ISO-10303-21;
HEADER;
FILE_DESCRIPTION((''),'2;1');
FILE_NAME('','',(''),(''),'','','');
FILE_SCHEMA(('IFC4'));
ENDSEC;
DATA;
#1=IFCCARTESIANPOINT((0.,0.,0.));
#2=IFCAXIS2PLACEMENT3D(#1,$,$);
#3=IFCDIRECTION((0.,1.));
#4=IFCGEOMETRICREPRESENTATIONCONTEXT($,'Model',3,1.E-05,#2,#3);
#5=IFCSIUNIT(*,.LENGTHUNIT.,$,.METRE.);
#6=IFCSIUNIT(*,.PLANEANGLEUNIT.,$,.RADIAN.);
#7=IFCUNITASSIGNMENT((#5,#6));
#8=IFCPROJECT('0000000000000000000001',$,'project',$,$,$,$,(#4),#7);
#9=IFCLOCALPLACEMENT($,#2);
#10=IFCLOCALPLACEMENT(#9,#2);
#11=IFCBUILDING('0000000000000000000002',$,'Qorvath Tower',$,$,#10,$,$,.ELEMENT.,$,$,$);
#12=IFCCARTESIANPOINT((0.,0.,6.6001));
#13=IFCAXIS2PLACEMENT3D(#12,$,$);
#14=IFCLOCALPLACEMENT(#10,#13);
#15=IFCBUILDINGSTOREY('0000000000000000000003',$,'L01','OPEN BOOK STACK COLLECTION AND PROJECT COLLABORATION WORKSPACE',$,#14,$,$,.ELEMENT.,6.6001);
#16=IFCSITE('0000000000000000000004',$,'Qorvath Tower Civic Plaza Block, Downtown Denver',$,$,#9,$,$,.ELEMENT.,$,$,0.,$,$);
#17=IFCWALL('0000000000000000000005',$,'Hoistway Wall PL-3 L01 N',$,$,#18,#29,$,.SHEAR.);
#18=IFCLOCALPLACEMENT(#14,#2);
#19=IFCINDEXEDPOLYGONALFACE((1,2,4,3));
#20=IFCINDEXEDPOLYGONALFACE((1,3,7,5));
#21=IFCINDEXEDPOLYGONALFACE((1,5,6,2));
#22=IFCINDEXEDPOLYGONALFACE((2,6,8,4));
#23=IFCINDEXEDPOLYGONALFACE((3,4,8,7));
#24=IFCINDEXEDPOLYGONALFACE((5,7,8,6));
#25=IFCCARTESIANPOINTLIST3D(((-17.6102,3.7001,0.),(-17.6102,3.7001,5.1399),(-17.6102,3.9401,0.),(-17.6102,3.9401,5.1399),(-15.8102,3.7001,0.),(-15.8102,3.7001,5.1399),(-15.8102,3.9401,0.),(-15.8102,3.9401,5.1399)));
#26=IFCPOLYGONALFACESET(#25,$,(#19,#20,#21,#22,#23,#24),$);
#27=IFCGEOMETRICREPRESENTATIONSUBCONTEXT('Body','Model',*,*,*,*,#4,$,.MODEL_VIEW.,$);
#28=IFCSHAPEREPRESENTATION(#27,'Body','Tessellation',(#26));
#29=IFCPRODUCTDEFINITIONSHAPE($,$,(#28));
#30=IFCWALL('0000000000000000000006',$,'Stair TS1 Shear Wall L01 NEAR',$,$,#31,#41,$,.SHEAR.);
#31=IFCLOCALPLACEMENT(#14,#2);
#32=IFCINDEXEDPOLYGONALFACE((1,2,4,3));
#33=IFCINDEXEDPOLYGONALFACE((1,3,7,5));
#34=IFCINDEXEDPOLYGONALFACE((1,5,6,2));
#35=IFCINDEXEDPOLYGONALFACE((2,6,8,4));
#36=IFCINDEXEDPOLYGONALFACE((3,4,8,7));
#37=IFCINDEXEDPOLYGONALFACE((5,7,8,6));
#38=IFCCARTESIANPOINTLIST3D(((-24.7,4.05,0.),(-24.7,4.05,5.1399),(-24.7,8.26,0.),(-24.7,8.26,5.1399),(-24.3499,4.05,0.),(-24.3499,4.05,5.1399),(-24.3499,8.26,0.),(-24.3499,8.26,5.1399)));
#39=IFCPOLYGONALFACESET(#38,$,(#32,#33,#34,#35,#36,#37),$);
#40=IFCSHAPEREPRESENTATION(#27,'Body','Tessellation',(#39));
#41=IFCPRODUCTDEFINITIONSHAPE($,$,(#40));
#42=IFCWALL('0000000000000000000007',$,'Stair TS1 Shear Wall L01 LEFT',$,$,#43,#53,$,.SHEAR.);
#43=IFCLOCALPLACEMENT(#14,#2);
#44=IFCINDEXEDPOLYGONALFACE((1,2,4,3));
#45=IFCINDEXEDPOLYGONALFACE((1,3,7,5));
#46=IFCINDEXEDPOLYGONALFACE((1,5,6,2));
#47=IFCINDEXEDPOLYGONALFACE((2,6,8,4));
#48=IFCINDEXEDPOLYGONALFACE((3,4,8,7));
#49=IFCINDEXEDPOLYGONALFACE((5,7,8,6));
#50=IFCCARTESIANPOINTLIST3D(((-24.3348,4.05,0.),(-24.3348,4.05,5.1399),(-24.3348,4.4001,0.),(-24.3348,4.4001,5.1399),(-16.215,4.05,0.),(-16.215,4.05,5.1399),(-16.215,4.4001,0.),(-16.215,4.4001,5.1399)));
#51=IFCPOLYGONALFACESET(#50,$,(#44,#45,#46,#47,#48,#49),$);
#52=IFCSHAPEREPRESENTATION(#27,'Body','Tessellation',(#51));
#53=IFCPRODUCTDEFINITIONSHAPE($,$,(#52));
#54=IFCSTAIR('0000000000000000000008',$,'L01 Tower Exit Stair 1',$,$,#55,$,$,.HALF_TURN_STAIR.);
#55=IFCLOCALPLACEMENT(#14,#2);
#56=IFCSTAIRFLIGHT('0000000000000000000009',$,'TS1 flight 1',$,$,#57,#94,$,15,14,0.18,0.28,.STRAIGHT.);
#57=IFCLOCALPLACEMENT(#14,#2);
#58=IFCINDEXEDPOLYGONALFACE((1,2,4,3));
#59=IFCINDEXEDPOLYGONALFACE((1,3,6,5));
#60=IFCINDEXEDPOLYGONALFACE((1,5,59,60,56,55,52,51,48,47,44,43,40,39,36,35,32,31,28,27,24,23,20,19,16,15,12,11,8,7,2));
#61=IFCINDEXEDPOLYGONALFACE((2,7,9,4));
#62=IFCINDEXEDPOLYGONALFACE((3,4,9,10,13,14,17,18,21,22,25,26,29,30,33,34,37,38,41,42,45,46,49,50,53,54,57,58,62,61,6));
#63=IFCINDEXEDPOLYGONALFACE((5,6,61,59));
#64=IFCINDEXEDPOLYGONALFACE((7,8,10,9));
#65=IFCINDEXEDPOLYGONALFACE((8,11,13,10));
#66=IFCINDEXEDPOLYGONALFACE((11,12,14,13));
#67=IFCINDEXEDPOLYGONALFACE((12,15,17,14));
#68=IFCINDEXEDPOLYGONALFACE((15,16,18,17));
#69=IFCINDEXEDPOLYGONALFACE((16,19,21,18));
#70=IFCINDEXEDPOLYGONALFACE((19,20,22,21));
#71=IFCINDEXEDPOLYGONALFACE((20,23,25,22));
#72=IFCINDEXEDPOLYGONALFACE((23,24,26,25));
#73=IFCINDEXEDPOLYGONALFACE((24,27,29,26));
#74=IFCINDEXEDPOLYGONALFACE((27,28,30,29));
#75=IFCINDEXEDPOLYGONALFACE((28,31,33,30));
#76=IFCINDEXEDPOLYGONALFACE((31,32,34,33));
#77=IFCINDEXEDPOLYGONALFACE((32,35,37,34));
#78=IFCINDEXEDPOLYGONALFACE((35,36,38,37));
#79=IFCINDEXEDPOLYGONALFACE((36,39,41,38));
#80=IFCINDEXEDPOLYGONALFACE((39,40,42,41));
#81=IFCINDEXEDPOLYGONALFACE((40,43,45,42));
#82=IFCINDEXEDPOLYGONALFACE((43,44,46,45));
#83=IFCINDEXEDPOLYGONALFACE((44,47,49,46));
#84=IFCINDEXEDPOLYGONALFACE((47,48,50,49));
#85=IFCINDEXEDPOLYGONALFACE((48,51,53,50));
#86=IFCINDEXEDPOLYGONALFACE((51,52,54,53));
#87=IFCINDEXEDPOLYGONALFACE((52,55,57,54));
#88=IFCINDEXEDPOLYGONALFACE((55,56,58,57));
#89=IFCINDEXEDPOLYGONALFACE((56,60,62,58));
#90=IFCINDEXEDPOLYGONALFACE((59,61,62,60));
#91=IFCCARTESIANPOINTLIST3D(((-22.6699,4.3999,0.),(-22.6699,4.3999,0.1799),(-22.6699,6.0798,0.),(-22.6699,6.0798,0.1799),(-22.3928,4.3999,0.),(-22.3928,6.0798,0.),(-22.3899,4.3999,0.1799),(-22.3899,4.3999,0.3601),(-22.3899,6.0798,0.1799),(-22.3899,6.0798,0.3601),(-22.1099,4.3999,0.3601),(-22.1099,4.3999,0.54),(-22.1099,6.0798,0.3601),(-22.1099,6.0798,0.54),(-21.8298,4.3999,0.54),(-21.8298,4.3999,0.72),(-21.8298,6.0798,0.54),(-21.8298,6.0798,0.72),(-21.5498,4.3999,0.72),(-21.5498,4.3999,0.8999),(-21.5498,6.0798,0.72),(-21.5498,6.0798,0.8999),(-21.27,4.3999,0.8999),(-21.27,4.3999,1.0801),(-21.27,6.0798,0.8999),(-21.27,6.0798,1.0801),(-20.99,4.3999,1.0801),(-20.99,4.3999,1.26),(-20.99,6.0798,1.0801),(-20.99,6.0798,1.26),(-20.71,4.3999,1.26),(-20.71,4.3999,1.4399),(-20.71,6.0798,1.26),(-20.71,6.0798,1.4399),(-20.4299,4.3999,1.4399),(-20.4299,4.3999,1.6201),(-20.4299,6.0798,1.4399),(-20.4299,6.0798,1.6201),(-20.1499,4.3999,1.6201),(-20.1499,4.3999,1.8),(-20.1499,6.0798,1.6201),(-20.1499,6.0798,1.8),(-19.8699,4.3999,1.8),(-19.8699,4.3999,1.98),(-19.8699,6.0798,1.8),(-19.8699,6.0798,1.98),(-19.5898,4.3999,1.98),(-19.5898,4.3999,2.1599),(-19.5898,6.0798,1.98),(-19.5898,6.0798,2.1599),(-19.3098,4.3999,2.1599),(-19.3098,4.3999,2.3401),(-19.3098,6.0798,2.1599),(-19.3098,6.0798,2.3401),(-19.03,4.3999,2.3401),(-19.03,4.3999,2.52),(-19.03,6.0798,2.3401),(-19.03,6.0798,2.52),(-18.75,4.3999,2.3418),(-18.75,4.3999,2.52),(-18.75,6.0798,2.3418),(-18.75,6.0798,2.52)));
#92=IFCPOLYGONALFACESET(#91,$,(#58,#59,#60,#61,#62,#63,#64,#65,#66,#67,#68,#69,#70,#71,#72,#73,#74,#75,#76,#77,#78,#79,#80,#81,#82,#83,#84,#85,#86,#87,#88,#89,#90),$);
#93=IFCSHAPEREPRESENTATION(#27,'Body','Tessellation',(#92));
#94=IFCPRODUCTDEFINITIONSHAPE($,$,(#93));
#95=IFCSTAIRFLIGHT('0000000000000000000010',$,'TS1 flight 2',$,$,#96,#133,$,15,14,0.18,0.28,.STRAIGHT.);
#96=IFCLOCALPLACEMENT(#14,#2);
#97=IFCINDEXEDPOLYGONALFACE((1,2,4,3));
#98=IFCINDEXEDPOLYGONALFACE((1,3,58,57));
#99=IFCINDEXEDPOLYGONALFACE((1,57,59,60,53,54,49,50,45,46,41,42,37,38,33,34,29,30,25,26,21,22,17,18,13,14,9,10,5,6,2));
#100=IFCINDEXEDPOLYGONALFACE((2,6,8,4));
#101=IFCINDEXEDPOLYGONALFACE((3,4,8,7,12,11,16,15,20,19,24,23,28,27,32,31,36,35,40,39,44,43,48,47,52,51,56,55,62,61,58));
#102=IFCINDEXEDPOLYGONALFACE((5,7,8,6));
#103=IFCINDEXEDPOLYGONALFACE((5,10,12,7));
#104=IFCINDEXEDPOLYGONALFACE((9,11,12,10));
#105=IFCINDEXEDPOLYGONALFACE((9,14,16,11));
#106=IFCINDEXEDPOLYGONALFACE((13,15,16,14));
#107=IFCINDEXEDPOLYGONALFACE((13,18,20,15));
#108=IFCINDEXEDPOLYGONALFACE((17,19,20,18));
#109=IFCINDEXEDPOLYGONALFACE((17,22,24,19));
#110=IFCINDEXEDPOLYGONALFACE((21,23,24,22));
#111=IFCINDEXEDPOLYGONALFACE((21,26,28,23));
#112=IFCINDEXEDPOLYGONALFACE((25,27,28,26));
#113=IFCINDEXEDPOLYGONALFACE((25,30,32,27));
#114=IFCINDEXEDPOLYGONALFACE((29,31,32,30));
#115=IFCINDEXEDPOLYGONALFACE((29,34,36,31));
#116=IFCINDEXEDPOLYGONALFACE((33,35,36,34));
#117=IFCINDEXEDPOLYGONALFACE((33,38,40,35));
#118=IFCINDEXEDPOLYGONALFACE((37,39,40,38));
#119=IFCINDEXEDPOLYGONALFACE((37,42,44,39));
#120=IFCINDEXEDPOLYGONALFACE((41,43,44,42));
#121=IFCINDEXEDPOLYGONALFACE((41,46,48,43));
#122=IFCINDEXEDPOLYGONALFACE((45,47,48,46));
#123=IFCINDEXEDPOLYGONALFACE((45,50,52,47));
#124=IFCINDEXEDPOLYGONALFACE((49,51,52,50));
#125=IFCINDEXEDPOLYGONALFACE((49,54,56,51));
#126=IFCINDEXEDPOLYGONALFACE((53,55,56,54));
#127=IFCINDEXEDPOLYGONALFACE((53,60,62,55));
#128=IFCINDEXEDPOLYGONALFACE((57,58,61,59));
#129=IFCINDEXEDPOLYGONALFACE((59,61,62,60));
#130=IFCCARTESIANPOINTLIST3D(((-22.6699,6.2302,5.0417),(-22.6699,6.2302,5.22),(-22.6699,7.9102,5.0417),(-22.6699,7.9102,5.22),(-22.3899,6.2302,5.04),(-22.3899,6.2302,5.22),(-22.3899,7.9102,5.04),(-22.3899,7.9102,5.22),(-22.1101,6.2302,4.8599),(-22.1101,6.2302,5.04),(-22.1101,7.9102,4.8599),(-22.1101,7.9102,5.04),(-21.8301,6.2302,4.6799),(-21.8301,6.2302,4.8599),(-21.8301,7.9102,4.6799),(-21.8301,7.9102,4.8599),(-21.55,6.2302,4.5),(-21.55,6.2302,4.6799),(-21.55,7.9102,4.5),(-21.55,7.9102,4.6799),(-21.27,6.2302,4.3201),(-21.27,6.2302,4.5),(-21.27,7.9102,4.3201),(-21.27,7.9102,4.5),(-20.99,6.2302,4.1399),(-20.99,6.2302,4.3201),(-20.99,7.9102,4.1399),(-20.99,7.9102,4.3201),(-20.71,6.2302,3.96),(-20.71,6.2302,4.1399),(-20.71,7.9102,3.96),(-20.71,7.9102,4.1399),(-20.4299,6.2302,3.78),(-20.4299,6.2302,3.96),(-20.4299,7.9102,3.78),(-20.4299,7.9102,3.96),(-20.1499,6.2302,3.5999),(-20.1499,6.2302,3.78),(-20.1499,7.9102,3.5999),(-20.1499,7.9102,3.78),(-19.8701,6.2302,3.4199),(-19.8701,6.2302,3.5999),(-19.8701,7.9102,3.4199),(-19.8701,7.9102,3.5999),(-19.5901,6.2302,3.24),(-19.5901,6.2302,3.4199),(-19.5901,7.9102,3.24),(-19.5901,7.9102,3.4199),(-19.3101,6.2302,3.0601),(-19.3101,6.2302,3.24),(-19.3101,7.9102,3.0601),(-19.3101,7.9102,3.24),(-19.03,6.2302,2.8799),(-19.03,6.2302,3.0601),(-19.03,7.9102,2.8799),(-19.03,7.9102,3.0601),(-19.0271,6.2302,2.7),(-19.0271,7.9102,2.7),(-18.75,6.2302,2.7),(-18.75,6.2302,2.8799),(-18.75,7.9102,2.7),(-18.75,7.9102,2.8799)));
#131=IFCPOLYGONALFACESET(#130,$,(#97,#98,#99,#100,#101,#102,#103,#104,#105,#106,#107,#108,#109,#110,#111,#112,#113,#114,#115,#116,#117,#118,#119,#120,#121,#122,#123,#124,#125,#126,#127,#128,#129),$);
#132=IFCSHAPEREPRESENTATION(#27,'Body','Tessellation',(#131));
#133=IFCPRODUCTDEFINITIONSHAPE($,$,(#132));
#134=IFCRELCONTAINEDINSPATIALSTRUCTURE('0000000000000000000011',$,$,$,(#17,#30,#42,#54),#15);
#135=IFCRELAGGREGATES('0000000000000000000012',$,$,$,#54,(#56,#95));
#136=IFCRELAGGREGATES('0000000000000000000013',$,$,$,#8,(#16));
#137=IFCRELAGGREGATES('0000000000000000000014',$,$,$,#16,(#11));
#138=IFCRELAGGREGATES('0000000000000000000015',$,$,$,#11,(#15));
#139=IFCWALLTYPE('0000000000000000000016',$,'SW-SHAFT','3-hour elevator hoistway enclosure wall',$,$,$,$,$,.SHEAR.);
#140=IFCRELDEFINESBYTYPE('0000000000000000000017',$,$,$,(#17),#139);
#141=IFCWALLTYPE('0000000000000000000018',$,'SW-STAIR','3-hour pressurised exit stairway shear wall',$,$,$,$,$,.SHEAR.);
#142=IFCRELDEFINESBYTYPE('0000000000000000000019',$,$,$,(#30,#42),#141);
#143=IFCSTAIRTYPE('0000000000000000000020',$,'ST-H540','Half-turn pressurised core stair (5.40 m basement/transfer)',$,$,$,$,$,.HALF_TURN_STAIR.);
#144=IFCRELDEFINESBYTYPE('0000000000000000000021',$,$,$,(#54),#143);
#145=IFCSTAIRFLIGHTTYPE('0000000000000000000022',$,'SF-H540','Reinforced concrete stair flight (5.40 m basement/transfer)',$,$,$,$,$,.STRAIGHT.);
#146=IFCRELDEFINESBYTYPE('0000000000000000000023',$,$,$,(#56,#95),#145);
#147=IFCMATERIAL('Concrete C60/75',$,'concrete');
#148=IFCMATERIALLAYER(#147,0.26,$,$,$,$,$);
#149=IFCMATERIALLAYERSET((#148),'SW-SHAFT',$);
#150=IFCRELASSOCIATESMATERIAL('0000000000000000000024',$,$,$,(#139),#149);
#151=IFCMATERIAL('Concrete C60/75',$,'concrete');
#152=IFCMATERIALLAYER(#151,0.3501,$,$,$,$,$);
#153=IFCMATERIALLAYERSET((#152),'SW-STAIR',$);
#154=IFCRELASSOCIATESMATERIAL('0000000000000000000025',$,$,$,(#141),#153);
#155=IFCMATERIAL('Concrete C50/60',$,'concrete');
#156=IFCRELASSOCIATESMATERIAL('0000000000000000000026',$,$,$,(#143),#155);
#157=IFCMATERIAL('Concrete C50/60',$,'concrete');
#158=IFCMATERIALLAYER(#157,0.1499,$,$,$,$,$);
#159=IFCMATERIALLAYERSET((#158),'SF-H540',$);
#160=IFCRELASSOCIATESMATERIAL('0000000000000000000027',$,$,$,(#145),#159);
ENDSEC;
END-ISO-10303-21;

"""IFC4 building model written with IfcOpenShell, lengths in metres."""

from ifc_helpers import new_model, si_unit, direction, frame, frame_2d, origin, place, context, subcontext, project, spatial, polyline, rectangle, outline, extrude, material, layer, layer_set, type_object, element, aggregate, save


model = new_model("IFC4")

# Units and contexts
model_context = context("Model", 3, precision=1e-05, world=origin(), true_north=direction((0.0, 1.0)))
body_context = subcontext(model_context, "Body", "Model", "MODEL_VIEW")
ifc_project = project(units=[si_unit("LENGTHUNIT", "METRE"), si_unit("PLANEANGLEUNIT", "RADIAN")], contexts=[model_context])

# Site, building, storey
site_placement = place(None, origin())
site = spatial("IfcSite", under=ifc_project, at=site_placement, Name="Qorvath Tower Civic Plaza Block, Downtown Denver", CompositionType="ELEMENT", RefElevation=0.0)
building_placement = place(site_placement, origin())
building = spatial("IfcBuilding", under=site, at=building_placement, Name="Qorvath Tower", CompositionType="ELEMENT")
storey_placement = place(building_placement, frame((0.0, 0.0, 6.6001)))
storey = spatial("IfcBuildingStorey", under=building, at=storey_placement, Name="L01", Description="OPEN BOOK STACK COLLECTION AND PROJECT COLLABORATION WORKSPACE", CompositionType="ELEMENT", Elevation=6.6001)

# Shared definitions
ifc_material_1 = material(Name="Concrete C60/75", Category="concrete")
ifc_layer_1 = layer(ifc_material_1, 0.26)
ifc_layer_set_1 = layer_set([ifc_layer_1], Name="SW-SHAFT")
wall_type_1 = type_object("IfcWallType", Name="SW-SHAFT", Description="3-hour elevator hoistway enclosure wall", PredefinedType="SHEAR", material=ifc_layer_set_1)

# Walls
wall_1_placement = place(storey_placement, frame((-17.6101, 3.8201, 0.0), z_axis=(0.0, 0.0, 1.0), x_axis=(1.0, 0.0, 0.0)))
element("IfcWall", 1, at=wall_1_placement, inside=storey, type_object=wall_type_1, Name="Hoistway Wall PL-3 L01 N", PredefinedType="SHEAR", context=body_context, shape_type="SweptSolid", body=[
    extrude(rectangle(XDim=1.8, YDim=0.24, at=frame_2d((0.8999, 0.0))), origin(), (0.0, 0.0, 1.0), 5.1399),
])
ifc_material_2 = material(Name="Concrete C60/75", Category="concrete")
ifc_layer_2 = layer(ifc_material_2, 0.3501)
ifc_layer_set_2 = layer_set([ifc_layer_2], Name="SW-STAIR")
wall_type_2 = type_object("IfcWallType", Name="SW-STAIR", Description="3-hour pressurised exit stairway shear wall", PredefinedType="SHEAR", material=ifc_layer_set_2)
wall_2_placement = place(storey_placement, frame((-24.5249, 8.26, 0.0), z_axis=(0.0, 0.0, 1.0), x_axis=(0.0, -1.0, 0.0)))
element("IfcWall", 2, at=wall_2_placement, inside=storey, type_object=wall_type_2, Name="Stair TS1 Shear Wall L01 NEAR", PredefinedType="SHEAR", context=body_context, shape_type="SweptSolid", body=[
    extrude(rectangle(XDim=4.21, YDim=0.3501, at=frame_2d((2.105, 0.0))), origin(), (0.0, 0.0, 1.0), 5.1399),
])
wall_3_placement = place(storey_placement, frame((-24.335, 4.2251, 0.0), z_axis=(0.0, 0.0, 1.0), x_axis=(1.0, 0.0, 0.0)))
element("IfcWall", 3, at=wall_3_placement, inside=storey, type_object=wall_type_2, Name="Stair TS1 Shear Wall L01 LEFT", PredefinedType="SHEAR", context=body_context, shape_type="SweptSolid", body=[
    extrude(rectangle(XDim=8.1199, YDim=0.3501, at=frame_2d((4.0601, 0.0))), origin(), (0.0, 0.0, 1.0), 5.1399),
])

# Stair, stair flights
ifc_material_3 = material(Name="Concrete C50/60", Category="concrete")
stair_type = type_object("IfcStairType", Name="ST-H540", Description="Half-turn pressurised core stair (5.40 m basement/transfer)", PredefinedType="HALF_TURN_STAIR", material=ifc_material_3)
stair_placement = place(storey_placement, origin())
stair = element("IfcStair", 4, at=stair_placement, inside=storey, type_object=stair_type, Name="L01 Tower Exit Stair 1", PredefinedType="HALF_TURN_STAIR")
ifc_material_4 = material(Name="Concrete C50/60", Category="concrete")
ifc_layer_3 = layer(ifc_material_4, 0.1499)
ifc_layer_set_3 = layer_set([ifc_layer_3], Name="SF-H540")
stair_flight_type = type_object("IfcStairFlightType", Name="SF-H540", Description="Reinforced concrete stair flight (5.40 m basement/transfer)", PredefinedType="STRAIGHT", material=ifc_layer_set_3)
stair_flight_1_placement = place(storey_placement, frame((-22.6699, 5.24, 0.0), z_axis=(0.0, 0.0, 1.0), x_axis=(1.0, 0.0, 0.0)))
stair_flight_1 = element("IfcStairFlight", 5, at=stair_flight_1_placement, type_object=stair_flight_type, Name="TS1 flight 1", NumberOfRisers=15, NumberOfTreads=14, PredefinedType="STRAIGHT", RiserHeight=0.18, TreadLength=0.28, context=body_context, shape_type="SweptSolid", body=[
    extrude(outline(polyline([(0.0, 0.0), (0.0, 0.1799), (0.28, 0.1799), (0.28, 0.3601), (0.5601, 0.3601), (0.5601, 0.54), (0.8401, 0.54), (0.8401, 0.72), (1.1201, 0.72), (1.1201, 0.8999), (1.3999, 0.8999), (1.3999, 1.0801), (1.6799, 1.0801), (1.6799, 1.26), (1.96, 1.26), (1.96, 1.4399), (2.24, 1.4399), (2.24, 1.6201), (2.52, 1.6201), (2.52, 1.8), (2.8, 1.8), (2.8, 1.98), (3.0801, 1.98), (3.0801, 2.1599), (3.3601, 2.1599), (3.3601, 2.3401), (3.6399, 2.3401), (3.6399, 2.52), (3.9199, 2.52), (3.9199, 2.7), (3.9199, 2.3418), (0.2771, 0.0), (0.0, 0.0)])), frame((0.0, 0.8398, 0.0), z_axis=(0.0, -1.0, 0.0), x_axis=(1.0, 0.0, 0.0)), (0.0, 0.0, 1.0), 1.6799),
])
stair_flight_2_placement = place(storey_placement, frame((-18.75, 7.0701, 2.7), z_axis=(0.0, 0.0, 1.0), x_axis=(-1.0, 0.0, 0.0)))
stair_flight_2 = element("IfcStairFlight", 6, at=stair_flight_2_placement, type_object=stair_flight_type, Name="TS1 flight 2", NumberOfRisers=15, NumberOfTreads=14, PredefinedType="STRAIGHT", RiserHeight=0.18, TreadLength=0.28, context=body_context, shape_type="SweptSolid", body=[
    extrude(outline(polyline([(0.0, 0.0), (0.0, 0.1799), (0.28, 0.1799), (0.28, 0.3601), (0.5601, 0.3601), (0.5601, 0.54), (0.8401, 0.54), (0.8401, 0.72), (1.1201, 0.72), (1.1201, 0.8999), (1.3999, 0.8999), (1.3999, 1.0801), (1.6799, 1.0801), (1.6799, 1.26), (1.96, 1.26), (1.96, 1.4399), (2.24, 1.4399), (2.24, 1.6201), (2.52, 1.6201), (2.52, 1.8), (2.8, 1.8), (2.8, 1.98), (3.0801, 1.98), (3.0801, 2.1599), (3.3601, 2.1599), (3.3601, 2.3401), (3.6399, 2.3401), (3.6399, 2.52), (3.9199, 2.52), (3.9199, 2.7), (3.9199, 2.3418), (0.2771, 0.0), (0.0, 0.0)])), frame((0.0, 0.8398, 0.0), z_axis=(0.0, -1.0, 0.0), x_axis=(1.0, 0.0, 0.0)), (0.0, 0.0, 1.0), 1.6799),
])
aggregate(stair, [stair_flight_1, stair_flight_2])

save(model, "model.ifc")
